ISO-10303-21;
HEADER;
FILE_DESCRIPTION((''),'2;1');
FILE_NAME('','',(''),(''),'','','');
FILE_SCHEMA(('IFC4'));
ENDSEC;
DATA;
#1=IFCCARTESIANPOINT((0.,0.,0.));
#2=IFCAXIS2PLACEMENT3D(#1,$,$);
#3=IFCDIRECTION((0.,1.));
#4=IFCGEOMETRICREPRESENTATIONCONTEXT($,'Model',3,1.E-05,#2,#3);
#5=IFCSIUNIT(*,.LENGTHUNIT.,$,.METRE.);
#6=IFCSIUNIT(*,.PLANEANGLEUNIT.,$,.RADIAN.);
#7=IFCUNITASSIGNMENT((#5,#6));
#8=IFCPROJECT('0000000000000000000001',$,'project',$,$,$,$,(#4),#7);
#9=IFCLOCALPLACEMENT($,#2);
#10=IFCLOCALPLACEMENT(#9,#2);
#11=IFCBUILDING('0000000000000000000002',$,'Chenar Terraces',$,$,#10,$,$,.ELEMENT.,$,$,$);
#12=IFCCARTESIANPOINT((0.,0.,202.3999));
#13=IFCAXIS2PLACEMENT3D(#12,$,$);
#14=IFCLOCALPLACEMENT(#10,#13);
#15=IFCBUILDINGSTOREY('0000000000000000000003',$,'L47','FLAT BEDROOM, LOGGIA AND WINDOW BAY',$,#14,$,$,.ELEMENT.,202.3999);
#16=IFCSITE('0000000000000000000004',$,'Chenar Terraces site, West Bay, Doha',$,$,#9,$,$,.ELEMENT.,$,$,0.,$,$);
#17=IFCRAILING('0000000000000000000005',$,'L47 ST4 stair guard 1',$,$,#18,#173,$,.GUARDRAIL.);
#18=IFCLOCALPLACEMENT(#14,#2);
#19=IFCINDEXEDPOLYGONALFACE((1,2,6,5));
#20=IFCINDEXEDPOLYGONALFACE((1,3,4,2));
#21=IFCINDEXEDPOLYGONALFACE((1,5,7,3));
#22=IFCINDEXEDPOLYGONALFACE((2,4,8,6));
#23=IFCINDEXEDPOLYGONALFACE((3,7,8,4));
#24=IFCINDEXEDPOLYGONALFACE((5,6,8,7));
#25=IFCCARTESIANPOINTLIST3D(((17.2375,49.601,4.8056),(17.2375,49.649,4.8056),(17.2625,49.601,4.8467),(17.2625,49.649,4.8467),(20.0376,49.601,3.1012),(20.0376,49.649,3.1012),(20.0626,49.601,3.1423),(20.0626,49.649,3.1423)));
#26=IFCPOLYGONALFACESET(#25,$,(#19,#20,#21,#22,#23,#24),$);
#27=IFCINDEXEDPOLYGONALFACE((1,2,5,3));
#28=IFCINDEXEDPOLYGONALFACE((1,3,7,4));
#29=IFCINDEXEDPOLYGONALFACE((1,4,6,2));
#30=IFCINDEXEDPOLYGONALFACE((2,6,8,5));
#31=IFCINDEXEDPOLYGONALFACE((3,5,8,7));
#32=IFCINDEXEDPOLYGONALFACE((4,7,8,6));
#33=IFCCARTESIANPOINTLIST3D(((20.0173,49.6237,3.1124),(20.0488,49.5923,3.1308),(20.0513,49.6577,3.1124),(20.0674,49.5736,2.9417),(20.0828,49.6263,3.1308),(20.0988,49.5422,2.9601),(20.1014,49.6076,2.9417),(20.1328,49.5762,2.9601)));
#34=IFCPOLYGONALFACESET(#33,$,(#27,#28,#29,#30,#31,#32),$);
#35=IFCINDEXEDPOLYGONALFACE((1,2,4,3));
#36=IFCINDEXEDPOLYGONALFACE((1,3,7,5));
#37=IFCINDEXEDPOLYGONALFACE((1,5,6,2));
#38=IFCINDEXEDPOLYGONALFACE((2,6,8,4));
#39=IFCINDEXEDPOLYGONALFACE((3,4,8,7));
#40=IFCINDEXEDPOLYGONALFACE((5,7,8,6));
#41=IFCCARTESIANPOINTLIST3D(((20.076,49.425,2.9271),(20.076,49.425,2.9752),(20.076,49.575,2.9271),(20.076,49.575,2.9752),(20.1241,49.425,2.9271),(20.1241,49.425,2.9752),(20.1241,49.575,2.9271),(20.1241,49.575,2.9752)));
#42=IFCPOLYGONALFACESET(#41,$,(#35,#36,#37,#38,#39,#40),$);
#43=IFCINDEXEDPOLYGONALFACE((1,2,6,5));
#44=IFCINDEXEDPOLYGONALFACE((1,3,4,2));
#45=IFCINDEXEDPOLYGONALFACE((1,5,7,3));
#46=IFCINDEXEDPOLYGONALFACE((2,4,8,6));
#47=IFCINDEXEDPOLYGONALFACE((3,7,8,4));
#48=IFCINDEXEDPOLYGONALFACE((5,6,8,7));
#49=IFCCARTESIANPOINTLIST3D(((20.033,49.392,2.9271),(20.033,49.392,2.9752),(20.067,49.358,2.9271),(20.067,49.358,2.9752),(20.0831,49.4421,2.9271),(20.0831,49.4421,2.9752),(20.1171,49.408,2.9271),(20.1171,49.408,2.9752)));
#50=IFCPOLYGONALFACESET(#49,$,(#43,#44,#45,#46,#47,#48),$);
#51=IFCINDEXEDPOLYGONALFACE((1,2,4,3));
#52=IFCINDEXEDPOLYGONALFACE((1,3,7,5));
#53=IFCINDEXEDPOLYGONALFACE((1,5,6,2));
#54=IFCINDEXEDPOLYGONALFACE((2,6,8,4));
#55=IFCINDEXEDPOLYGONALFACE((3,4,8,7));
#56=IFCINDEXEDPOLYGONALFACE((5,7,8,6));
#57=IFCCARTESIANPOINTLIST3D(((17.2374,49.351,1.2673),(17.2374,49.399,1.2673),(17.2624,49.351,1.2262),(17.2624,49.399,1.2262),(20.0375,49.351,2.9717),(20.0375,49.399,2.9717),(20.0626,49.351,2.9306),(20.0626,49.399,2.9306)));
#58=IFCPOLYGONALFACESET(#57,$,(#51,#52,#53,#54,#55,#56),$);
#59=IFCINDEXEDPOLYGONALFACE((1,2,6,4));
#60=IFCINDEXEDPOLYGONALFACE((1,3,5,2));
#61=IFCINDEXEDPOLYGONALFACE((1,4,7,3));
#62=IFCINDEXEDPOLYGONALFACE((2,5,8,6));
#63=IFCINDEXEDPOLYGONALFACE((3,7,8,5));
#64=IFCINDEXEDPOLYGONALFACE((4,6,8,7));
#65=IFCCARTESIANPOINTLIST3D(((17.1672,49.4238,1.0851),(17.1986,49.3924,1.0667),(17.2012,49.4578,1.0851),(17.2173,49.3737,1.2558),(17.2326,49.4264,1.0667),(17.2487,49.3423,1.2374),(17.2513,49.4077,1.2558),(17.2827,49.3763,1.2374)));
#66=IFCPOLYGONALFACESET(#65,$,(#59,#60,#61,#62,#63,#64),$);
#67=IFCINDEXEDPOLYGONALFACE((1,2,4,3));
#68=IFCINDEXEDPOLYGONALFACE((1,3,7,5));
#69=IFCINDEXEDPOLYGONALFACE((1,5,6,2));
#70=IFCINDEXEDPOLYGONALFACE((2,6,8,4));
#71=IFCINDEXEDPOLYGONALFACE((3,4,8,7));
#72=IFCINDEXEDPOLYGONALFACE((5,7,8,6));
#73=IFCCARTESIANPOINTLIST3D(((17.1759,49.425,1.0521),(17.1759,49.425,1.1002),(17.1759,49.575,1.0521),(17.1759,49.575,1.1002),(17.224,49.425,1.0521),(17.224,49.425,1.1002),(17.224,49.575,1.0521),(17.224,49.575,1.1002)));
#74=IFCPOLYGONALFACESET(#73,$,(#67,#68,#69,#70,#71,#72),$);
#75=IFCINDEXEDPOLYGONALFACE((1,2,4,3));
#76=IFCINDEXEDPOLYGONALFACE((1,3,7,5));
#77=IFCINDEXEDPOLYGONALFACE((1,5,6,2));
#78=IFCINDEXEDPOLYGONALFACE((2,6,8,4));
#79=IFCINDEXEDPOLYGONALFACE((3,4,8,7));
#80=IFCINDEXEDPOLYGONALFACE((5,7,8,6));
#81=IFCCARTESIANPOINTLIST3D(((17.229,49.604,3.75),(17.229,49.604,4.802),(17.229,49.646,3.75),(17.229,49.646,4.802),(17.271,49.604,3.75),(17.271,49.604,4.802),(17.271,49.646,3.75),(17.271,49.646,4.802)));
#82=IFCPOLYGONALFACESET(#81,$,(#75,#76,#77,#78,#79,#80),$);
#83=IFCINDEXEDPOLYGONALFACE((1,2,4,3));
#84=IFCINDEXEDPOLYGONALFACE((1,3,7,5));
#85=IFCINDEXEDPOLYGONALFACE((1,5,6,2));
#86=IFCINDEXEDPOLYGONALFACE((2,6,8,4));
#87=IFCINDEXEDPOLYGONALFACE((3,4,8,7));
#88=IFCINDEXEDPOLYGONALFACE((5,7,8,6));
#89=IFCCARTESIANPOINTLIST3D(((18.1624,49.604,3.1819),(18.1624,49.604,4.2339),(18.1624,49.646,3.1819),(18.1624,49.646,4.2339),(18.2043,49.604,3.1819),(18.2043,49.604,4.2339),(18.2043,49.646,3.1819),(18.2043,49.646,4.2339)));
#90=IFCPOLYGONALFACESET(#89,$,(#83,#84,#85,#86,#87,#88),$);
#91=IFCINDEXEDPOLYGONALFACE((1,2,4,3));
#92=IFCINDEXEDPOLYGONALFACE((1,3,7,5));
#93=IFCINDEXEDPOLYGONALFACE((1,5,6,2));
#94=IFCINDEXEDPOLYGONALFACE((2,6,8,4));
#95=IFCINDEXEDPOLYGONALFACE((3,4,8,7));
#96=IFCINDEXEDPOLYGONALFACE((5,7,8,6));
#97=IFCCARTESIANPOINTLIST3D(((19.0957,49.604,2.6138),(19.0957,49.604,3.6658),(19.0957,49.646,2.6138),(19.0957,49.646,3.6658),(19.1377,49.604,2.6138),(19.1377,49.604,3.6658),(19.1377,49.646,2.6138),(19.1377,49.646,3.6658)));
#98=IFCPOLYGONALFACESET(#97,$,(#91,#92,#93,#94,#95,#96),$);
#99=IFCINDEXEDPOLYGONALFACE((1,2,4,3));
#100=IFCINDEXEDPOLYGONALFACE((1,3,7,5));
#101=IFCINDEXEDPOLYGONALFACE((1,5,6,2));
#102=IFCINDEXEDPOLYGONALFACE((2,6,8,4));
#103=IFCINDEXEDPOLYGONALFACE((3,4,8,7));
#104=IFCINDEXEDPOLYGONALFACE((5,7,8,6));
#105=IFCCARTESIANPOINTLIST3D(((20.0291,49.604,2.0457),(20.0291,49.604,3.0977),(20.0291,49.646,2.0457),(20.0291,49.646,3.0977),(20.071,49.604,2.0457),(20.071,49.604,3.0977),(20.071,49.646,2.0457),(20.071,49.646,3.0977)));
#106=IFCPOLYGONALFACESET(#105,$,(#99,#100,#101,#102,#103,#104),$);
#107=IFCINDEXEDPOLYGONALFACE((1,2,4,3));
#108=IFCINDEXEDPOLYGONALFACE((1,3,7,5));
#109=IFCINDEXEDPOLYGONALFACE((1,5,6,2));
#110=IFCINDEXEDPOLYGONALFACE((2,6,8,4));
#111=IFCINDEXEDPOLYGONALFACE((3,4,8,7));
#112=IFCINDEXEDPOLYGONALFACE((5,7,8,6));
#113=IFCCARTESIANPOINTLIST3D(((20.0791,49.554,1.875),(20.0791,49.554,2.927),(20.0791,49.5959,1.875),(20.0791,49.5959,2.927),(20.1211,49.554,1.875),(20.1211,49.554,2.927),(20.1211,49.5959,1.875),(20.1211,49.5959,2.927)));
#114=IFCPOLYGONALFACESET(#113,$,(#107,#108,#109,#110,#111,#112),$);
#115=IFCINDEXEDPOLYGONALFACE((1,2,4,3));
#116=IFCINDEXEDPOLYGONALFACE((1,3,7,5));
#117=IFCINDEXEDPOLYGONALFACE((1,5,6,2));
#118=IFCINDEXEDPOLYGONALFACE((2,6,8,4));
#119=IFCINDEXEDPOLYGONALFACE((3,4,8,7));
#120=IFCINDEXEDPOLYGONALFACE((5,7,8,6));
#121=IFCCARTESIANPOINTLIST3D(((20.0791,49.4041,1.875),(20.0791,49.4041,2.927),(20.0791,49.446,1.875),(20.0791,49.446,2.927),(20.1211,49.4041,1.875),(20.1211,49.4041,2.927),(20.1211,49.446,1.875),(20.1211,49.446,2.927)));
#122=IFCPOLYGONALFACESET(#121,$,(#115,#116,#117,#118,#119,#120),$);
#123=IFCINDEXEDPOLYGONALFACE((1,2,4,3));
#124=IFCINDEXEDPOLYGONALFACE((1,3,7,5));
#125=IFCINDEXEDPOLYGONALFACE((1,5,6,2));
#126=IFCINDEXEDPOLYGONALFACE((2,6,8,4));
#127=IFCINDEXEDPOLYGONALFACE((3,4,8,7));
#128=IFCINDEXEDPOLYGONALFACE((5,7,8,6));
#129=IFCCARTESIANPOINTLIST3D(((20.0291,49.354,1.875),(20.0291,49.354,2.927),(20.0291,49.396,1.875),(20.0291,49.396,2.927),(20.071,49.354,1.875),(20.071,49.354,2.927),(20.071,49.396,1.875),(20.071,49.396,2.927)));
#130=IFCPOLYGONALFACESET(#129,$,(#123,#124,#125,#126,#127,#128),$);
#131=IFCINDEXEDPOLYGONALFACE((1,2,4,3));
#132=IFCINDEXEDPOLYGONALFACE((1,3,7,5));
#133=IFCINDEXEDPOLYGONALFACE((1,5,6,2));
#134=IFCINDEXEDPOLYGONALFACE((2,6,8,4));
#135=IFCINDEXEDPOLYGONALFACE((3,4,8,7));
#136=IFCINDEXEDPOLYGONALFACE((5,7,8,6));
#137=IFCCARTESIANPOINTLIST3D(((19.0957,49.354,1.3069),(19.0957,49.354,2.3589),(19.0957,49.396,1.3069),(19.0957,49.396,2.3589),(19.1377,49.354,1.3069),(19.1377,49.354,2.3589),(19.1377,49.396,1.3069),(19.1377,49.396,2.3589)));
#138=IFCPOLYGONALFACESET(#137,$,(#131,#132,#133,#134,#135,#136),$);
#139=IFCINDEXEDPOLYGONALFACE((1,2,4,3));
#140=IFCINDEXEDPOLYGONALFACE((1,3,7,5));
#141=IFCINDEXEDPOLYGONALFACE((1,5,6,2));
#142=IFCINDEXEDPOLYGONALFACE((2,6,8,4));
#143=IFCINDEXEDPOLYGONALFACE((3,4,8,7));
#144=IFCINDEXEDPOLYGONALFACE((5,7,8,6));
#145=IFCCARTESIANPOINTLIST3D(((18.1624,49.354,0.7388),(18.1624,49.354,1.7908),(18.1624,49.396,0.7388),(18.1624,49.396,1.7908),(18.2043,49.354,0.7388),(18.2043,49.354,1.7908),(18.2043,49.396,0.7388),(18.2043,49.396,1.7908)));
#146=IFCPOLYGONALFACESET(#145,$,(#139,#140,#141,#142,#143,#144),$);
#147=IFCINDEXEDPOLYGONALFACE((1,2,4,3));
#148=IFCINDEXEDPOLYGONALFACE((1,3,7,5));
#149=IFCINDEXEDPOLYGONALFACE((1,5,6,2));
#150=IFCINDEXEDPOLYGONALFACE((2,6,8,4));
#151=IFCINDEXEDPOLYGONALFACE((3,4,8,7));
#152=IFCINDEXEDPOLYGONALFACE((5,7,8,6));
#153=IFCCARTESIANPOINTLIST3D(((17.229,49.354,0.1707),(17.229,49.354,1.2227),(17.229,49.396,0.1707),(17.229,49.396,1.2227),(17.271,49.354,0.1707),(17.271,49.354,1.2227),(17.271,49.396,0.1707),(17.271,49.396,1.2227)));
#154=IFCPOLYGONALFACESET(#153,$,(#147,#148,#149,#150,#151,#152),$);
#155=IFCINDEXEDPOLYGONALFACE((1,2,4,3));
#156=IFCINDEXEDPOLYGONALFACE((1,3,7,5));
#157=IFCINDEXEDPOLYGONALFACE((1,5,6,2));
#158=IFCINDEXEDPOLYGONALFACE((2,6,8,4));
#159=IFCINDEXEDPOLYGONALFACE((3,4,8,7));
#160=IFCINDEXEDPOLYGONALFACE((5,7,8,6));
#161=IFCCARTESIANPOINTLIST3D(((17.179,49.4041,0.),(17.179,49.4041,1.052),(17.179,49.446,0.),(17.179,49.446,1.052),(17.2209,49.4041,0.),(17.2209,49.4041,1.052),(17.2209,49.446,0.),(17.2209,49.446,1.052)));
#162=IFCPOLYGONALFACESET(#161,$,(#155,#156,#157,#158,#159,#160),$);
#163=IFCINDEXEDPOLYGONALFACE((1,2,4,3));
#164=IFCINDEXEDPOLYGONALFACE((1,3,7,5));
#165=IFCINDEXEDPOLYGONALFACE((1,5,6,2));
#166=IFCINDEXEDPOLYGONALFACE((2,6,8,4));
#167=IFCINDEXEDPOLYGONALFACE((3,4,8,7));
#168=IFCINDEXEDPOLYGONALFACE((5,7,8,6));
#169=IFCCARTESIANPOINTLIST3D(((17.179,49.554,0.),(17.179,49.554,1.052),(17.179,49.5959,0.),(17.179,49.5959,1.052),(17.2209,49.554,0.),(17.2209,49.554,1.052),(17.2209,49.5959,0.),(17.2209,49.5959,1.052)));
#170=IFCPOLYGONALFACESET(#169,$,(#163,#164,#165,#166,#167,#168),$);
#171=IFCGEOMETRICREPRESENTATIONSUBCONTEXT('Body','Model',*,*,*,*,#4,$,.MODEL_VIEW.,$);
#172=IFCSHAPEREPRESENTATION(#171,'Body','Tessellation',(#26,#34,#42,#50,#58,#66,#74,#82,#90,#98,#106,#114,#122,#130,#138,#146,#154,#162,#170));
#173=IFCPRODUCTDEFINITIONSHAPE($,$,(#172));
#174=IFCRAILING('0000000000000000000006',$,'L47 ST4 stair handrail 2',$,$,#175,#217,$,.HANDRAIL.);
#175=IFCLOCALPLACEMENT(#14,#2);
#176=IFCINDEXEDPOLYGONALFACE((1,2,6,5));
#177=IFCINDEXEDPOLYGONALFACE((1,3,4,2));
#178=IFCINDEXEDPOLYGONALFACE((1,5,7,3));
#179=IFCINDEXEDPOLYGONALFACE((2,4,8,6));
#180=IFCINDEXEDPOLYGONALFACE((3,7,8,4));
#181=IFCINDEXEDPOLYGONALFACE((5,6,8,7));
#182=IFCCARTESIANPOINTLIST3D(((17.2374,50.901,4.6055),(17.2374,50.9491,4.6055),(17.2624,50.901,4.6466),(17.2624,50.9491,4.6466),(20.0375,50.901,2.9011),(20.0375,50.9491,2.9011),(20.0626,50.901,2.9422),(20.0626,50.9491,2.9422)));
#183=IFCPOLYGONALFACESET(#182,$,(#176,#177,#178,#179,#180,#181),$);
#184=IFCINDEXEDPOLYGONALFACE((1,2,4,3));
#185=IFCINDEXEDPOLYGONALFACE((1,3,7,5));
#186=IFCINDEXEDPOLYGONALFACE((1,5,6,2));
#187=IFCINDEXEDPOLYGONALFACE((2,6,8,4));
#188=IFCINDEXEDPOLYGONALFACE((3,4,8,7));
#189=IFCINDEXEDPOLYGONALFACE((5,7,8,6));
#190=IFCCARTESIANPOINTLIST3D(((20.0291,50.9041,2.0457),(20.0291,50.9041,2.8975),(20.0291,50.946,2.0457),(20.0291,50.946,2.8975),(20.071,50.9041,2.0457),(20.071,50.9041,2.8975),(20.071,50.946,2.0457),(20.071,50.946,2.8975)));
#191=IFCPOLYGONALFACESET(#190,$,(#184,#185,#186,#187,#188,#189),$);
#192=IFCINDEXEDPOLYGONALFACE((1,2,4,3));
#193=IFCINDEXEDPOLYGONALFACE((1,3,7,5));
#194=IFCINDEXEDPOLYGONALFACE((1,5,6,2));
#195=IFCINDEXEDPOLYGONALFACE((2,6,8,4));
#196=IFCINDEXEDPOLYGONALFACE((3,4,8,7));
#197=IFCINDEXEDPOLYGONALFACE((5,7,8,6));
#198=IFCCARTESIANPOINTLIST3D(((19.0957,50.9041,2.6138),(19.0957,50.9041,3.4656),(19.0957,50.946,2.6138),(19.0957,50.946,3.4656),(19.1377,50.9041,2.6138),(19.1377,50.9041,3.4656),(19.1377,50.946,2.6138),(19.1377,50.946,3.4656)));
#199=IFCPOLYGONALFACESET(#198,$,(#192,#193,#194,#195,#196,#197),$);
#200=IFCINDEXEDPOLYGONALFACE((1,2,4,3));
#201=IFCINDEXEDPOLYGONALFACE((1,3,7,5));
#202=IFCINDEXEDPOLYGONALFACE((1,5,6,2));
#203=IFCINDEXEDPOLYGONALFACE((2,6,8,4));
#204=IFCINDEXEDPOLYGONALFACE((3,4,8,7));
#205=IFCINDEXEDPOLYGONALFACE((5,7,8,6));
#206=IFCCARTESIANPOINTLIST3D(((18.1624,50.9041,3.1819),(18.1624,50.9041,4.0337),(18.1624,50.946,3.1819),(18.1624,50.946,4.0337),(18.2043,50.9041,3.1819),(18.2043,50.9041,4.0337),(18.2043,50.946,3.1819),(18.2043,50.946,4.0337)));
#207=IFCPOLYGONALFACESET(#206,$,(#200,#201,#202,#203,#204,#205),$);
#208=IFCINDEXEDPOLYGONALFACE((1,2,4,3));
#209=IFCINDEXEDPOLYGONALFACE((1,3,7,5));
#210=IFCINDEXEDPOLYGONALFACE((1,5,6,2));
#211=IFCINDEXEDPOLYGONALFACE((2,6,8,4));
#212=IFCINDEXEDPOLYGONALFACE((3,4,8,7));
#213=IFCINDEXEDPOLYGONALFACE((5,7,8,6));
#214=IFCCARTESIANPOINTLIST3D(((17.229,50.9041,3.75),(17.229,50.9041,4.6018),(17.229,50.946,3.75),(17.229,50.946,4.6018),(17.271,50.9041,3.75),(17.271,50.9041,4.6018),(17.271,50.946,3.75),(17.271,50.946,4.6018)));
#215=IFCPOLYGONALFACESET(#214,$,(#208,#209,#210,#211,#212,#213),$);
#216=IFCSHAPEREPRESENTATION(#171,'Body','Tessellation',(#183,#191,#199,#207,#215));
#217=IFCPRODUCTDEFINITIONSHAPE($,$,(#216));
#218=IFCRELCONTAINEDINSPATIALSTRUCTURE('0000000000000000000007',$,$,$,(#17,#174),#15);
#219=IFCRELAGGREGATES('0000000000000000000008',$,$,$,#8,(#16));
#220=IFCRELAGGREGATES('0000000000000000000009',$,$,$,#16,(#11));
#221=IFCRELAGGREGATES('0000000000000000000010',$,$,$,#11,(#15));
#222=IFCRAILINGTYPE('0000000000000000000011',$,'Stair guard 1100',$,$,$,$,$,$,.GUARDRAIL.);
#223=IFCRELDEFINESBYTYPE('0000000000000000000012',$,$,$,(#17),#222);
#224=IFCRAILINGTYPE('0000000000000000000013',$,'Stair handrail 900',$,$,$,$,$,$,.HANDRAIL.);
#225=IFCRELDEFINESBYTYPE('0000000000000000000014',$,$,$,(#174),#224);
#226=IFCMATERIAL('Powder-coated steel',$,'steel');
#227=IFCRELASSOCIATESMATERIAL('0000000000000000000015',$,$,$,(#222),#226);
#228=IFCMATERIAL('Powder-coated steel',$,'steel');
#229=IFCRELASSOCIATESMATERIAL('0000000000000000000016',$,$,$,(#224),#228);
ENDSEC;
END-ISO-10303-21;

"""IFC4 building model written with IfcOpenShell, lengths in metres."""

from ifc_helpers import new_model, si_unit, direction, frame, origin, origin_2d, place, context, subcontext, project, spatial, rectangle, extrude, material, type_object, element, save


model = new_model("IFC4")

# Units and contexts
model_context = context("Model", 3, precision=1e-05, world=origin(), true_north=direction((0.0, 1.0)))
body_context = subcontext(model_context, "Body", "Model", "MODEL_VIEW")
ifc_project = project(units=[si_unit("LENGTHUNIT", "METRE"), si_unit("PLANEANGLEUNIT", "RADIAN")], contexts=[model_context])

# Site, building, storey
site_placement = place(None, origin())
site = spatial("IfcSite", under=ifc_project, at=site_placement, Name="Chenar Terraces site, West Bay, Doha", CompositionType="ELEMENT", RefElevation=0.0)
building_placement = place(site_placement, origin())
building = spatial("IfcBuilding", under=site, at=building_placement, Name="Chenar Terraces", CompositionType="ELEMENT")
storey_placement = place(building_placement, frame((0.0, 0.0, 202.3999)))
storey = spatial("IfcBuildingStorey", under=building, at=storey_placement, Name="L47", Description="FLAT BEDROOM, LOGGIA AND WINDOW BAY", CompositionType="ELEMENT", Elevation=202.3999)

# Railings
ifc_material_1 = material(Name="Powder-coated steel", Category="steel")
railing_type_1 = type_object("IfcRailingType", Name="Stair guard 1100", PredefinedType="GUARDRAIL", material=ifc_material_1)
railing_1_placement = place(storey_placement, frame((17.25, 49.625, 3.75)))
element("IfcRailing", 1, at=railing_1_placement, inside=storey, type_object=railing_type_1, Name="L47 ST4 stair guard 1", PredefinedType="GUARDRAIL", context=body_context, shape_type="SweptSolid", body=[
    extrude(rectangle(XDim=0.0481, YDim=0.0481, at=origin_2d()), frame((0.0, 0.0, 1.0762), z_axis=(0.854203, 0.0, -0.51994), x_axis=(0.0, 1.0, 0.0)), (0.0, 0.0, 1.0), 3.2781),
    extrude(rectangle(XDim=0.0481, YDim=0.0481, at=origin_2d()), frame((2.8, 0.0, -0.6284), z_axis=(0.2709, -0.2709, -0.923703), x_axis=(0.707107, 0.707107, 0.0)), (0.0, 0.0, 1.0), 0.1848),
    extrude(rectangle(XDim=0.0481, YDim=0.0481, at=origin_2d()), frame((2.8501, -0.05, -0.7988), z_axis=(0.0, -1.0, 0.0), x_axis=(1.0, 0.0, 0.0)), (0.0, 0.0, 1.0), 0.1499),
    extrude(rectangle(XDim=0.0481, YDim=0.0481, at=origin_2d()), frame((2.8501, -0.2, -0.7988), z_axis=(-0.707107, -0.707107, 0.0), x_axis=(0.707107, -0.707107, 0.0)), (0.0, 0.0, 1.0), 0.0708),
    extrude(rectangle(XDim=0.0481, YDim=0.0481, at=origin_2d()), frame((2.8, -0.25, -0.7988), z_axis=(-0.854203, 0.0, -0.51994), x_axis=(0.0, -1.0, 0.0)), (0.0, 0.0, 1.0), 3.2781),
    extrude(rectangle(XDim=0.0481, YDim=0.0481, at=origin_2d()), frame((0.0, -0.25, -2.5034), z_axis=(-0.2709, 0.2709, -0.923703), x_axis=(-0.707107, -0.707107, 0.0)), (0.0, 0.0, 1.0), 0.1848),
    extrude(rectangle(XDim=0.0481, YDim=0.0481, at=origin_2d()), frame((-0.05, -0.2, -2.6738), z_axis=(0.0, 1.0, 0.0), x_axis=(-1.0, 0.0, 0.0)), (0.0, 0.0, 1.0), 0.1499),
    extrude(rectangle(XDim=0.042, YDim=0.042, at=origin_2d()), origin(), (0.0, 0.0, 1.0), 1.052),
    extrude(rectangle(XDim=0.042, YDim=0.042, at=origin_2d()), frame((0.9333, 0.0, -0.5681)), (0.0, 0.0, 1.0), 1.052),
    extrude(rectangle(XDim=0.042, YDim=0.042, at=origin_2d()), frame((1.8667, 0.0, -1.1362)), (0.0, 0.0, 1.0), 1.052),
    extrude(rectangle(XDim=0.042, YDim=0.042, at=origin_2d()), frame((2.8, 0.0, -1.7043)), (0.0, 0.0, 1.0), 1.052),
    extrude(rectangle(XDim=0.042, YDim=0.042, at=origin_2d()), frame((2.8501, -0.05, -1.875)), (0.0, 0.0, 1.0), 1.052),
    extrude(rectangle(XDim=0.042, YDim=0.042, at=origin_2d()), frame((2.8501, -0.2, -1.875)), (0.0, 0.0, 1.0), 1.052),
    extrude(rectangle(XDim=0.042, YDim=0.042, at=origin_2d()), frame((2.8, -0.25, -1.875)), (0.0, 0.0, 1.0), 1.052),
    extrude(rectangle(XDim=0.042, YDim=0.042, at=origin_2d()), frame((1.8667, -0.25, -2.4431)), (0.0, 0.0, 1.0), 1.052),
    extrude(rectangle(XDim=0.042, YDim=0.042, at=origin_2d()), frame((0.9333, -0.25, -3.0112)), (0.0, 0.0, 1.0), 1.052),
    extrude(rectangle(XDim=0.042, YDim=0.042, at=origin_2d()), frame((0.0, -0.25, -3.5793)), (0.0, 0.0, 1.0), 1.052),
    extrude(rectangle(XDim=0.042, YDim=0.042, at=origin_2d()), frame((-0.05, -0.2, -3.75)), (0.0, 0.0, 1.0), 1.052),
    extrude(rectangle(XDim=0.042, YDim=0.042, at=origin_2d()), frame((-0.05, -0.05, -3.75)), (0.0, 0.0, 1.0), 1.052),
])
ifc_material_2 = material(Name="Powder-coated steel", Category="steel")
railing_type_2 = type_object("IfcRailingType", Name="Stair handrail 900", PredefinedType="HANDRAIL", material=ifc_material_2)
railing_2_placement = place(storey_placement, frame((20.05, 50.925, 2.0457)))
element("IfcRailing", 2, at=railing_2_placement, inside=storey, type_object=railing_type_2, Name="L47 ST4 stair handrail 2", PredefinedType="HANDRAIL", context=body_context, shape_type="SweptSolid", body=[
    extrude(rectangle(XDim=0.0481, YDim=0.0481, at=origin_2d()), frame((0.0, 0.0, 0.876), z_axis=(-0.854203, 0.0, 0.51994), x_axis=(0.0, -1.0, 0.0)), (0.0, 0.0, 1.0), 3.2781),
    extrude(rectangle(XDim=0.042, YDim=0.042, at=origin_2d()), origin(), (0.0, 0.0, 1.0), 0.8518),
    extrude(rectangle(XDim=0.042, YDim=0.042, at=origin_2d()), frame((-0.9333, 0.0, 0.5681)), (0.0, 0.0, 1.0), 0.8518),
    extrude(rectangle(XDim=0.042, YDim=0.042, at=origin_2d()), frame((-1.8667, 0.0, 1.1362)), (0.0, 0.0, 1.0), 0.8518),
    extrude(rectangle(XDim=0.042, YDim=0.042, at=origin_2d()), frame((-2.8, 0.0, 1.7043)), (0.0, 0.0, 1.0), 0.8518),
])

save(model, "model.ifc")
